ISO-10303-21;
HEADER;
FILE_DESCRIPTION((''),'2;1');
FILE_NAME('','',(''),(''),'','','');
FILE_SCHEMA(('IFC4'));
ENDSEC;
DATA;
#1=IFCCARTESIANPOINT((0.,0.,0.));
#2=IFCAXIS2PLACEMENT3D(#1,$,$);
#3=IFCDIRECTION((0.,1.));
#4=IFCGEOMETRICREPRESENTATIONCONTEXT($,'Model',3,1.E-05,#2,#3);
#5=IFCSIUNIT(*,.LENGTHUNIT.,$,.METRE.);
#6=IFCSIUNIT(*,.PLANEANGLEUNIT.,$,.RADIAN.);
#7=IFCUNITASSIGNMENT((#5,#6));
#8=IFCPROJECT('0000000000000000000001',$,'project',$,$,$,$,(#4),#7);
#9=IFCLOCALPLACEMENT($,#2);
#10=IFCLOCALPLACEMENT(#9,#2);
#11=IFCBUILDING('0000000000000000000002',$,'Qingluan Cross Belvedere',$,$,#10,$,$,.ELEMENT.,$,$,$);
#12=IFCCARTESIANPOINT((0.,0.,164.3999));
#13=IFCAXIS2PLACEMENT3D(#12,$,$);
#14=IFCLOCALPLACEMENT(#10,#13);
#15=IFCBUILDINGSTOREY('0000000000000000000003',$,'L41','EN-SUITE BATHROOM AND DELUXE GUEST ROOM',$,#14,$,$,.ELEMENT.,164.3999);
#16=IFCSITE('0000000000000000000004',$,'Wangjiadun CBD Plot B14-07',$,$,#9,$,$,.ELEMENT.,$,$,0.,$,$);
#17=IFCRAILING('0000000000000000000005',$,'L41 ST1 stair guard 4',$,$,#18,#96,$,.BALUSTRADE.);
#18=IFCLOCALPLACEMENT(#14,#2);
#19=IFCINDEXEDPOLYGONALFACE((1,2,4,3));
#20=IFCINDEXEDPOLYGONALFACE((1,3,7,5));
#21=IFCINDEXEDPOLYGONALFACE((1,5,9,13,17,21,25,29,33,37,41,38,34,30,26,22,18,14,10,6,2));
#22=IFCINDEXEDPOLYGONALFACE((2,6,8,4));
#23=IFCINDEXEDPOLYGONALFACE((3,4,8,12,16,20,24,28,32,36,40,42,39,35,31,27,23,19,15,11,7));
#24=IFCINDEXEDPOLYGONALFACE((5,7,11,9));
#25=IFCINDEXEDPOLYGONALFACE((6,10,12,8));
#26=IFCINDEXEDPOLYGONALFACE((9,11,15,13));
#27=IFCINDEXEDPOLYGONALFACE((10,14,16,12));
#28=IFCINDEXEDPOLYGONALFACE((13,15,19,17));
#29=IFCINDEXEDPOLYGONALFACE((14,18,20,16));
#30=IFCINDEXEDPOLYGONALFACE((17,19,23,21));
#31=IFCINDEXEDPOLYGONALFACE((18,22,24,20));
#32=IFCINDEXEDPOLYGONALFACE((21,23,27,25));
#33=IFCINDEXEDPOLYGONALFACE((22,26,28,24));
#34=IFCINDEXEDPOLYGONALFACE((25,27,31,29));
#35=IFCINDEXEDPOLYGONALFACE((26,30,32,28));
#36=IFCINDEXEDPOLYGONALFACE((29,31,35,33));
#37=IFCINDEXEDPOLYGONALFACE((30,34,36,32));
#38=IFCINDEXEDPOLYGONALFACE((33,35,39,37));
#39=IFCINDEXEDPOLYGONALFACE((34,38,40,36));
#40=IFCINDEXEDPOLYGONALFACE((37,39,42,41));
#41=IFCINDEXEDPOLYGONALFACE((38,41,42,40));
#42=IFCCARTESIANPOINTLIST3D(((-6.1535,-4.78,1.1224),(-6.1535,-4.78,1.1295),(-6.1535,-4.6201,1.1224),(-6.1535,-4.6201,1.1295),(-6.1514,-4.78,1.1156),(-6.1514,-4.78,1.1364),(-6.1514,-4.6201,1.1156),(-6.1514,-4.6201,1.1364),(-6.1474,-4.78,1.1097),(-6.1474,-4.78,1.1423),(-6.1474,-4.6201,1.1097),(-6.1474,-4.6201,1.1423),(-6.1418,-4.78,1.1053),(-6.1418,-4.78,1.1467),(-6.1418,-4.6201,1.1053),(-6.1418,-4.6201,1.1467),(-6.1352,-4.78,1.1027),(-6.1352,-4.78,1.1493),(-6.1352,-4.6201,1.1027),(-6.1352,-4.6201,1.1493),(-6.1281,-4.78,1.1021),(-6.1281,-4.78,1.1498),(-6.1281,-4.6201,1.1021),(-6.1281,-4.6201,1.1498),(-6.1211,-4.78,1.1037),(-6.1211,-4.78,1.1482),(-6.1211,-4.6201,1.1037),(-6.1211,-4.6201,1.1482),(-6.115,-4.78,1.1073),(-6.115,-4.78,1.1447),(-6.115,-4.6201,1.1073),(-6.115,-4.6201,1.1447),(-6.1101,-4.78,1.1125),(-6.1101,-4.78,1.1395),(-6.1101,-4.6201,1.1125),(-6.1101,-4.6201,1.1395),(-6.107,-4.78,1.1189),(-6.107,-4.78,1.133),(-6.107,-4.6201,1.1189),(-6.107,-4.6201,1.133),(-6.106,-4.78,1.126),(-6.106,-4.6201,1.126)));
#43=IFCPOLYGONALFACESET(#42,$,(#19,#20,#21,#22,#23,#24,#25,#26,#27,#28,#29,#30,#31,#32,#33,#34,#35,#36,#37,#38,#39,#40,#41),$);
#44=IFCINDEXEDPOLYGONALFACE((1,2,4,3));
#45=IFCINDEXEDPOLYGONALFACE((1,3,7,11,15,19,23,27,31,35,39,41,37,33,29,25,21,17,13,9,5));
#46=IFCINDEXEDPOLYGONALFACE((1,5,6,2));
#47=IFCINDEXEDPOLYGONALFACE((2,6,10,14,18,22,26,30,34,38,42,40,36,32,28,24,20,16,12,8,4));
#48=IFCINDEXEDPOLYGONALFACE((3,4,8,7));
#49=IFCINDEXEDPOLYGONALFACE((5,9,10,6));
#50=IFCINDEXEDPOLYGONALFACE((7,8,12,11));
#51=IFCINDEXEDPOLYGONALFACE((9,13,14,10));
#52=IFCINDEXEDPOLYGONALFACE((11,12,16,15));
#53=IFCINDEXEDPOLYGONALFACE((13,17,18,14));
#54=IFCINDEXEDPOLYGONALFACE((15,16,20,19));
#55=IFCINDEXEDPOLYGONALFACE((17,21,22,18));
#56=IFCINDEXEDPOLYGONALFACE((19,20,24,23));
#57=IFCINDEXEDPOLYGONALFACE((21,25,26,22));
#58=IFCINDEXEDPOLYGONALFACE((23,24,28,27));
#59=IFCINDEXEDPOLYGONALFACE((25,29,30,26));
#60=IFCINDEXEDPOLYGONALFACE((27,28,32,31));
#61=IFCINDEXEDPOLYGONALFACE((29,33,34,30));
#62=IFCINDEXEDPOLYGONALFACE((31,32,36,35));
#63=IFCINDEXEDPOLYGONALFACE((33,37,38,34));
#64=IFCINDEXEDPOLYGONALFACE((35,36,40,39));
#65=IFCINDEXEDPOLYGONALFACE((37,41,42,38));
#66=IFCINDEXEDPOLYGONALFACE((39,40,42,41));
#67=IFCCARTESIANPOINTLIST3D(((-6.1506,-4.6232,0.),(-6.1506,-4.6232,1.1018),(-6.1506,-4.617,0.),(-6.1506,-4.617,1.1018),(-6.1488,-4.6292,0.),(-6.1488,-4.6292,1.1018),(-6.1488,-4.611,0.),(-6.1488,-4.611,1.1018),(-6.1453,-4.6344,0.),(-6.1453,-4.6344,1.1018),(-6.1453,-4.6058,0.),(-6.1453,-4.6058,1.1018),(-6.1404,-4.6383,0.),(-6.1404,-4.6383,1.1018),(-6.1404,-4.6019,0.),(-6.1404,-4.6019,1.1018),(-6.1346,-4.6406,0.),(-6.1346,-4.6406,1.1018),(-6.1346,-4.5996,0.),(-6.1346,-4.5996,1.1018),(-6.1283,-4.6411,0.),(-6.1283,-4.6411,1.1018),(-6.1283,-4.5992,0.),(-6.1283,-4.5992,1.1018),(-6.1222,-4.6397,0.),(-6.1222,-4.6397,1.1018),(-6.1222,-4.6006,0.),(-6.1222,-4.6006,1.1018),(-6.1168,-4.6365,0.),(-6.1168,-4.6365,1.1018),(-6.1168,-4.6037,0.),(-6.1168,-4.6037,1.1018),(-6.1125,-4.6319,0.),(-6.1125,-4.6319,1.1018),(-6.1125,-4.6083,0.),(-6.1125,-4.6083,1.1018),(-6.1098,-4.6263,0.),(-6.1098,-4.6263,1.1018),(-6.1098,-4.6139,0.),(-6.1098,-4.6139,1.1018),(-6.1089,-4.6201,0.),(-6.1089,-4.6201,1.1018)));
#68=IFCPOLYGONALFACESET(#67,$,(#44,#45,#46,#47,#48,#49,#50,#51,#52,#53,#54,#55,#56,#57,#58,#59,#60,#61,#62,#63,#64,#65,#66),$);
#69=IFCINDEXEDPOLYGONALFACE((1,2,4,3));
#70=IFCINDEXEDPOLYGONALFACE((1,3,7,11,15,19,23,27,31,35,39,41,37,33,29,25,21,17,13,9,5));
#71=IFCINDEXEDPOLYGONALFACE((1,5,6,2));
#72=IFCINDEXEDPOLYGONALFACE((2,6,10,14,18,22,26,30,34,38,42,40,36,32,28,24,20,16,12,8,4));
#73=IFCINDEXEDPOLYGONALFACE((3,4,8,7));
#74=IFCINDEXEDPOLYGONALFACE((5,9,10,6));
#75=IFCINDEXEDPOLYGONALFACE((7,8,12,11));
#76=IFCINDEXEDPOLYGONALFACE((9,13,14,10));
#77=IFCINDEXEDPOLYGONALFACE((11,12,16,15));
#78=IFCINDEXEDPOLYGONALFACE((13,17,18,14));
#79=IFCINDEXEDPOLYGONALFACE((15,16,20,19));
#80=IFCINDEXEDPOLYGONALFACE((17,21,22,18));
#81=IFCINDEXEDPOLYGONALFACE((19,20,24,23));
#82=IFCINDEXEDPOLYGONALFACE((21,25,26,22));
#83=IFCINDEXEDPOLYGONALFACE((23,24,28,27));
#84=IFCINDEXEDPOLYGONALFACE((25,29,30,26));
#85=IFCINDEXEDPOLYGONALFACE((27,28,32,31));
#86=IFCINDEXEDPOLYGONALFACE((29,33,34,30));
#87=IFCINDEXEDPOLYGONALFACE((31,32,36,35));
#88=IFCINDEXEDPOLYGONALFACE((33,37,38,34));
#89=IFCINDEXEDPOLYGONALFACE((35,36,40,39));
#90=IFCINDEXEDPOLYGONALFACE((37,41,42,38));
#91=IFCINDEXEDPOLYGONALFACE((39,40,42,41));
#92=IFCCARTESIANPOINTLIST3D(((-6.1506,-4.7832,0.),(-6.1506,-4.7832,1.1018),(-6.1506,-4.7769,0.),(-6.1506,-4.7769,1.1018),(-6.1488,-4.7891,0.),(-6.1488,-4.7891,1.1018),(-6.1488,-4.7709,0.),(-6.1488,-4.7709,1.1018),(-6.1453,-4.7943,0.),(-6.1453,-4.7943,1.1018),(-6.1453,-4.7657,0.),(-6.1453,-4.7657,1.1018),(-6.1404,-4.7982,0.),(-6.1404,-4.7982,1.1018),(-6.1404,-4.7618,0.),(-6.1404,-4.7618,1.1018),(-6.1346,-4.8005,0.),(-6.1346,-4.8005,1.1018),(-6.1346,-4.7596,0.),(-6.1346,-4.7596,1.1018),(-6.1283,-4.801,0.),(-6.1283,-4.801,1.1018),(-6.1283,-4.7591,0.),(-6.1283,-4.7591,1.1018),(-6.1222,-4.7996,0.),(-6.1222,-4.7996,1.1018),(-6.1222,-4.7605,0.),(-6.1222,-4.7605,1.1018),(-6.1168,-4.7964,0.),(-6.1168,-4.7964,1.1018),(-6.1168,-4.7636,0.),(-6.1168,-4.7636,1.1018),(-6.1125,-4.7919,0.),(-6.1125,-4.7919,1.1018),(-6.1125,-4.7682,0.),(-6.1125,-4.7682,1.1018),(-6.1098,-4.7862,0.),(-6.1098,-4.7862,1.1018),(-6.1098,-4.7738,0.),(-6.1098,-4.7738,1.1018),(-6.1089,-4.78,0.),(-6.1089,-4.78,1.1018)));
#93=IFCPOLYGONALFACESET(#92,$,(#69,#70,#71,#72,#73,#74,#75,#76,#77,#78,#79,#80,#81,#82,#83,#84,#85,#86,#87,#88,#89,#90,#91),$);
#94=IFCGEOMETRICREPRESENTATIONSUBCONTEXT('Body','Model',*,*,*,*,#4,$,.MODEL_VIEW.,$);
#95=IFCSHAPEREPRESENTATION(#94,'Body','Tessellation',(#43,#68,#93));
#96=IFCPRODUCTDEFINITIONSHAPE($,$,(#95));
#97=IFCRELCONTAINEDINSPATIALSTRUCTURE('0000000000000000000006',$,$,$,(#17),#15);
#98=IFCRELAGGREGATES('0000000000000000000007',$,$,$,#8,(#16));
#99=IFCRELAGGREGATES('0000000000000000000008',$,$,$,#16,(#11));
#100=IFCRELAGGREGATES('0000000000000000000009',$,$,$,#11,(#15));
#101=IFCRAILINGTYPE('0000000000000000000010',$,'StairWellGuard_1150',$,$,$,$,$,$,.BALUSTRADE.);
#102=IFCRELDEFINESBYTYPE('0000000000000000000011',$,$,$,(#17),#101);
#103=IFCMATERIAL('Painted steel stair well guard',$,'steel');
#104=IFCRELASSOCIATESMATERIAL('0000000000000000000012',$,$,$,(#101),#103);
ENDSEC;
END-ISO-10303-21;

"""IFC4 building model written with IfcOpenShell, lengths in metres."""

from ifc_helpers import new_model, si_unit, direction, frame, origin, origin_2d, place, context, subcontext, project, spatial, circle, extrude, material, type_object, element, save


model = new_model("IFC4")

# Units and contexts
model_context = context("Model", 3, precision=1e-05, world=origin(), true_north=direction((0.0, 1.0)))
body_context = subcontext(model_context, "Body", "Model", "MODEL_VIEW")
ifc_project = project(units=[si_unit("LENGTHUNIT", "METRE"), si_unit("PLANEANGLEUNIT", "RADIAN")], contexts=[model_context])

# Site, building, storey
site_placement = place(None, origin())
site = spatial("IfcSite", under=ifc_project, at=site_placement, Name="Wangjiadun CBD Plot B14-07", CompositionType="ELEMENT", RefElevation=0.0)
building_placement = place(site_placement, origin())
building = spatial("IfcBuilding", under=site, at=building_placement, Name="Qingluan Cross Belvedere", CompositionType="ELEMENT")
storey_placement = place(building_placement, frame((0.0, 0.0, 164.3999)))
storey = spatial("IfcBuildingStorey", under=building, at=storey_placement, Name="L41", Description="EN-SUITE BATHROOM AND DELUXE GUEST ROOM", CompositionType="ELEMENT", Elevation=164.3999)

# Railing
ifc_material_1 = material(Name="Painted steel stair well guard", Category="steel")
railing_type_1 = type_object("IfcRailingType", Name="StairWellGuard_1150", PredefinedType="BALUSTRADE", material=ifc_material_1)
railing_1_placement = place(storey_placement, frame((-6.1299, -4.6201, 0.0)))
element("IfcRailing", 1, at=railing_1_placement, inside=storey, type_object=railing_type_1, Name="L41 ST1 stair guard 4", PredefinedType="BALUSTRADE", context=body_context, shape_type="SweptSolid", body=[
    extrude(circle(Radius=0.0239, at=origin_2d()), frame((0.0, 0.0, 1.126), z_axis=(0.0, -1.0, 0.0), x_axis=(1.0, 0.0, 0.0)), (0.0, 0.0, 1.0), 0.1599),
    extrude(circle(Radius=0.021, at=origin_2d()), origin(), (0.0, 0.0, 1.0), 1.1018),
    extrude(circle(Radius=0.021, at=origin_2d()), frame((0.0, -0.1599, 0.0)), (0.0, 0.0, 1.0), 1.1018),
])

save(model, "model.ifc")
